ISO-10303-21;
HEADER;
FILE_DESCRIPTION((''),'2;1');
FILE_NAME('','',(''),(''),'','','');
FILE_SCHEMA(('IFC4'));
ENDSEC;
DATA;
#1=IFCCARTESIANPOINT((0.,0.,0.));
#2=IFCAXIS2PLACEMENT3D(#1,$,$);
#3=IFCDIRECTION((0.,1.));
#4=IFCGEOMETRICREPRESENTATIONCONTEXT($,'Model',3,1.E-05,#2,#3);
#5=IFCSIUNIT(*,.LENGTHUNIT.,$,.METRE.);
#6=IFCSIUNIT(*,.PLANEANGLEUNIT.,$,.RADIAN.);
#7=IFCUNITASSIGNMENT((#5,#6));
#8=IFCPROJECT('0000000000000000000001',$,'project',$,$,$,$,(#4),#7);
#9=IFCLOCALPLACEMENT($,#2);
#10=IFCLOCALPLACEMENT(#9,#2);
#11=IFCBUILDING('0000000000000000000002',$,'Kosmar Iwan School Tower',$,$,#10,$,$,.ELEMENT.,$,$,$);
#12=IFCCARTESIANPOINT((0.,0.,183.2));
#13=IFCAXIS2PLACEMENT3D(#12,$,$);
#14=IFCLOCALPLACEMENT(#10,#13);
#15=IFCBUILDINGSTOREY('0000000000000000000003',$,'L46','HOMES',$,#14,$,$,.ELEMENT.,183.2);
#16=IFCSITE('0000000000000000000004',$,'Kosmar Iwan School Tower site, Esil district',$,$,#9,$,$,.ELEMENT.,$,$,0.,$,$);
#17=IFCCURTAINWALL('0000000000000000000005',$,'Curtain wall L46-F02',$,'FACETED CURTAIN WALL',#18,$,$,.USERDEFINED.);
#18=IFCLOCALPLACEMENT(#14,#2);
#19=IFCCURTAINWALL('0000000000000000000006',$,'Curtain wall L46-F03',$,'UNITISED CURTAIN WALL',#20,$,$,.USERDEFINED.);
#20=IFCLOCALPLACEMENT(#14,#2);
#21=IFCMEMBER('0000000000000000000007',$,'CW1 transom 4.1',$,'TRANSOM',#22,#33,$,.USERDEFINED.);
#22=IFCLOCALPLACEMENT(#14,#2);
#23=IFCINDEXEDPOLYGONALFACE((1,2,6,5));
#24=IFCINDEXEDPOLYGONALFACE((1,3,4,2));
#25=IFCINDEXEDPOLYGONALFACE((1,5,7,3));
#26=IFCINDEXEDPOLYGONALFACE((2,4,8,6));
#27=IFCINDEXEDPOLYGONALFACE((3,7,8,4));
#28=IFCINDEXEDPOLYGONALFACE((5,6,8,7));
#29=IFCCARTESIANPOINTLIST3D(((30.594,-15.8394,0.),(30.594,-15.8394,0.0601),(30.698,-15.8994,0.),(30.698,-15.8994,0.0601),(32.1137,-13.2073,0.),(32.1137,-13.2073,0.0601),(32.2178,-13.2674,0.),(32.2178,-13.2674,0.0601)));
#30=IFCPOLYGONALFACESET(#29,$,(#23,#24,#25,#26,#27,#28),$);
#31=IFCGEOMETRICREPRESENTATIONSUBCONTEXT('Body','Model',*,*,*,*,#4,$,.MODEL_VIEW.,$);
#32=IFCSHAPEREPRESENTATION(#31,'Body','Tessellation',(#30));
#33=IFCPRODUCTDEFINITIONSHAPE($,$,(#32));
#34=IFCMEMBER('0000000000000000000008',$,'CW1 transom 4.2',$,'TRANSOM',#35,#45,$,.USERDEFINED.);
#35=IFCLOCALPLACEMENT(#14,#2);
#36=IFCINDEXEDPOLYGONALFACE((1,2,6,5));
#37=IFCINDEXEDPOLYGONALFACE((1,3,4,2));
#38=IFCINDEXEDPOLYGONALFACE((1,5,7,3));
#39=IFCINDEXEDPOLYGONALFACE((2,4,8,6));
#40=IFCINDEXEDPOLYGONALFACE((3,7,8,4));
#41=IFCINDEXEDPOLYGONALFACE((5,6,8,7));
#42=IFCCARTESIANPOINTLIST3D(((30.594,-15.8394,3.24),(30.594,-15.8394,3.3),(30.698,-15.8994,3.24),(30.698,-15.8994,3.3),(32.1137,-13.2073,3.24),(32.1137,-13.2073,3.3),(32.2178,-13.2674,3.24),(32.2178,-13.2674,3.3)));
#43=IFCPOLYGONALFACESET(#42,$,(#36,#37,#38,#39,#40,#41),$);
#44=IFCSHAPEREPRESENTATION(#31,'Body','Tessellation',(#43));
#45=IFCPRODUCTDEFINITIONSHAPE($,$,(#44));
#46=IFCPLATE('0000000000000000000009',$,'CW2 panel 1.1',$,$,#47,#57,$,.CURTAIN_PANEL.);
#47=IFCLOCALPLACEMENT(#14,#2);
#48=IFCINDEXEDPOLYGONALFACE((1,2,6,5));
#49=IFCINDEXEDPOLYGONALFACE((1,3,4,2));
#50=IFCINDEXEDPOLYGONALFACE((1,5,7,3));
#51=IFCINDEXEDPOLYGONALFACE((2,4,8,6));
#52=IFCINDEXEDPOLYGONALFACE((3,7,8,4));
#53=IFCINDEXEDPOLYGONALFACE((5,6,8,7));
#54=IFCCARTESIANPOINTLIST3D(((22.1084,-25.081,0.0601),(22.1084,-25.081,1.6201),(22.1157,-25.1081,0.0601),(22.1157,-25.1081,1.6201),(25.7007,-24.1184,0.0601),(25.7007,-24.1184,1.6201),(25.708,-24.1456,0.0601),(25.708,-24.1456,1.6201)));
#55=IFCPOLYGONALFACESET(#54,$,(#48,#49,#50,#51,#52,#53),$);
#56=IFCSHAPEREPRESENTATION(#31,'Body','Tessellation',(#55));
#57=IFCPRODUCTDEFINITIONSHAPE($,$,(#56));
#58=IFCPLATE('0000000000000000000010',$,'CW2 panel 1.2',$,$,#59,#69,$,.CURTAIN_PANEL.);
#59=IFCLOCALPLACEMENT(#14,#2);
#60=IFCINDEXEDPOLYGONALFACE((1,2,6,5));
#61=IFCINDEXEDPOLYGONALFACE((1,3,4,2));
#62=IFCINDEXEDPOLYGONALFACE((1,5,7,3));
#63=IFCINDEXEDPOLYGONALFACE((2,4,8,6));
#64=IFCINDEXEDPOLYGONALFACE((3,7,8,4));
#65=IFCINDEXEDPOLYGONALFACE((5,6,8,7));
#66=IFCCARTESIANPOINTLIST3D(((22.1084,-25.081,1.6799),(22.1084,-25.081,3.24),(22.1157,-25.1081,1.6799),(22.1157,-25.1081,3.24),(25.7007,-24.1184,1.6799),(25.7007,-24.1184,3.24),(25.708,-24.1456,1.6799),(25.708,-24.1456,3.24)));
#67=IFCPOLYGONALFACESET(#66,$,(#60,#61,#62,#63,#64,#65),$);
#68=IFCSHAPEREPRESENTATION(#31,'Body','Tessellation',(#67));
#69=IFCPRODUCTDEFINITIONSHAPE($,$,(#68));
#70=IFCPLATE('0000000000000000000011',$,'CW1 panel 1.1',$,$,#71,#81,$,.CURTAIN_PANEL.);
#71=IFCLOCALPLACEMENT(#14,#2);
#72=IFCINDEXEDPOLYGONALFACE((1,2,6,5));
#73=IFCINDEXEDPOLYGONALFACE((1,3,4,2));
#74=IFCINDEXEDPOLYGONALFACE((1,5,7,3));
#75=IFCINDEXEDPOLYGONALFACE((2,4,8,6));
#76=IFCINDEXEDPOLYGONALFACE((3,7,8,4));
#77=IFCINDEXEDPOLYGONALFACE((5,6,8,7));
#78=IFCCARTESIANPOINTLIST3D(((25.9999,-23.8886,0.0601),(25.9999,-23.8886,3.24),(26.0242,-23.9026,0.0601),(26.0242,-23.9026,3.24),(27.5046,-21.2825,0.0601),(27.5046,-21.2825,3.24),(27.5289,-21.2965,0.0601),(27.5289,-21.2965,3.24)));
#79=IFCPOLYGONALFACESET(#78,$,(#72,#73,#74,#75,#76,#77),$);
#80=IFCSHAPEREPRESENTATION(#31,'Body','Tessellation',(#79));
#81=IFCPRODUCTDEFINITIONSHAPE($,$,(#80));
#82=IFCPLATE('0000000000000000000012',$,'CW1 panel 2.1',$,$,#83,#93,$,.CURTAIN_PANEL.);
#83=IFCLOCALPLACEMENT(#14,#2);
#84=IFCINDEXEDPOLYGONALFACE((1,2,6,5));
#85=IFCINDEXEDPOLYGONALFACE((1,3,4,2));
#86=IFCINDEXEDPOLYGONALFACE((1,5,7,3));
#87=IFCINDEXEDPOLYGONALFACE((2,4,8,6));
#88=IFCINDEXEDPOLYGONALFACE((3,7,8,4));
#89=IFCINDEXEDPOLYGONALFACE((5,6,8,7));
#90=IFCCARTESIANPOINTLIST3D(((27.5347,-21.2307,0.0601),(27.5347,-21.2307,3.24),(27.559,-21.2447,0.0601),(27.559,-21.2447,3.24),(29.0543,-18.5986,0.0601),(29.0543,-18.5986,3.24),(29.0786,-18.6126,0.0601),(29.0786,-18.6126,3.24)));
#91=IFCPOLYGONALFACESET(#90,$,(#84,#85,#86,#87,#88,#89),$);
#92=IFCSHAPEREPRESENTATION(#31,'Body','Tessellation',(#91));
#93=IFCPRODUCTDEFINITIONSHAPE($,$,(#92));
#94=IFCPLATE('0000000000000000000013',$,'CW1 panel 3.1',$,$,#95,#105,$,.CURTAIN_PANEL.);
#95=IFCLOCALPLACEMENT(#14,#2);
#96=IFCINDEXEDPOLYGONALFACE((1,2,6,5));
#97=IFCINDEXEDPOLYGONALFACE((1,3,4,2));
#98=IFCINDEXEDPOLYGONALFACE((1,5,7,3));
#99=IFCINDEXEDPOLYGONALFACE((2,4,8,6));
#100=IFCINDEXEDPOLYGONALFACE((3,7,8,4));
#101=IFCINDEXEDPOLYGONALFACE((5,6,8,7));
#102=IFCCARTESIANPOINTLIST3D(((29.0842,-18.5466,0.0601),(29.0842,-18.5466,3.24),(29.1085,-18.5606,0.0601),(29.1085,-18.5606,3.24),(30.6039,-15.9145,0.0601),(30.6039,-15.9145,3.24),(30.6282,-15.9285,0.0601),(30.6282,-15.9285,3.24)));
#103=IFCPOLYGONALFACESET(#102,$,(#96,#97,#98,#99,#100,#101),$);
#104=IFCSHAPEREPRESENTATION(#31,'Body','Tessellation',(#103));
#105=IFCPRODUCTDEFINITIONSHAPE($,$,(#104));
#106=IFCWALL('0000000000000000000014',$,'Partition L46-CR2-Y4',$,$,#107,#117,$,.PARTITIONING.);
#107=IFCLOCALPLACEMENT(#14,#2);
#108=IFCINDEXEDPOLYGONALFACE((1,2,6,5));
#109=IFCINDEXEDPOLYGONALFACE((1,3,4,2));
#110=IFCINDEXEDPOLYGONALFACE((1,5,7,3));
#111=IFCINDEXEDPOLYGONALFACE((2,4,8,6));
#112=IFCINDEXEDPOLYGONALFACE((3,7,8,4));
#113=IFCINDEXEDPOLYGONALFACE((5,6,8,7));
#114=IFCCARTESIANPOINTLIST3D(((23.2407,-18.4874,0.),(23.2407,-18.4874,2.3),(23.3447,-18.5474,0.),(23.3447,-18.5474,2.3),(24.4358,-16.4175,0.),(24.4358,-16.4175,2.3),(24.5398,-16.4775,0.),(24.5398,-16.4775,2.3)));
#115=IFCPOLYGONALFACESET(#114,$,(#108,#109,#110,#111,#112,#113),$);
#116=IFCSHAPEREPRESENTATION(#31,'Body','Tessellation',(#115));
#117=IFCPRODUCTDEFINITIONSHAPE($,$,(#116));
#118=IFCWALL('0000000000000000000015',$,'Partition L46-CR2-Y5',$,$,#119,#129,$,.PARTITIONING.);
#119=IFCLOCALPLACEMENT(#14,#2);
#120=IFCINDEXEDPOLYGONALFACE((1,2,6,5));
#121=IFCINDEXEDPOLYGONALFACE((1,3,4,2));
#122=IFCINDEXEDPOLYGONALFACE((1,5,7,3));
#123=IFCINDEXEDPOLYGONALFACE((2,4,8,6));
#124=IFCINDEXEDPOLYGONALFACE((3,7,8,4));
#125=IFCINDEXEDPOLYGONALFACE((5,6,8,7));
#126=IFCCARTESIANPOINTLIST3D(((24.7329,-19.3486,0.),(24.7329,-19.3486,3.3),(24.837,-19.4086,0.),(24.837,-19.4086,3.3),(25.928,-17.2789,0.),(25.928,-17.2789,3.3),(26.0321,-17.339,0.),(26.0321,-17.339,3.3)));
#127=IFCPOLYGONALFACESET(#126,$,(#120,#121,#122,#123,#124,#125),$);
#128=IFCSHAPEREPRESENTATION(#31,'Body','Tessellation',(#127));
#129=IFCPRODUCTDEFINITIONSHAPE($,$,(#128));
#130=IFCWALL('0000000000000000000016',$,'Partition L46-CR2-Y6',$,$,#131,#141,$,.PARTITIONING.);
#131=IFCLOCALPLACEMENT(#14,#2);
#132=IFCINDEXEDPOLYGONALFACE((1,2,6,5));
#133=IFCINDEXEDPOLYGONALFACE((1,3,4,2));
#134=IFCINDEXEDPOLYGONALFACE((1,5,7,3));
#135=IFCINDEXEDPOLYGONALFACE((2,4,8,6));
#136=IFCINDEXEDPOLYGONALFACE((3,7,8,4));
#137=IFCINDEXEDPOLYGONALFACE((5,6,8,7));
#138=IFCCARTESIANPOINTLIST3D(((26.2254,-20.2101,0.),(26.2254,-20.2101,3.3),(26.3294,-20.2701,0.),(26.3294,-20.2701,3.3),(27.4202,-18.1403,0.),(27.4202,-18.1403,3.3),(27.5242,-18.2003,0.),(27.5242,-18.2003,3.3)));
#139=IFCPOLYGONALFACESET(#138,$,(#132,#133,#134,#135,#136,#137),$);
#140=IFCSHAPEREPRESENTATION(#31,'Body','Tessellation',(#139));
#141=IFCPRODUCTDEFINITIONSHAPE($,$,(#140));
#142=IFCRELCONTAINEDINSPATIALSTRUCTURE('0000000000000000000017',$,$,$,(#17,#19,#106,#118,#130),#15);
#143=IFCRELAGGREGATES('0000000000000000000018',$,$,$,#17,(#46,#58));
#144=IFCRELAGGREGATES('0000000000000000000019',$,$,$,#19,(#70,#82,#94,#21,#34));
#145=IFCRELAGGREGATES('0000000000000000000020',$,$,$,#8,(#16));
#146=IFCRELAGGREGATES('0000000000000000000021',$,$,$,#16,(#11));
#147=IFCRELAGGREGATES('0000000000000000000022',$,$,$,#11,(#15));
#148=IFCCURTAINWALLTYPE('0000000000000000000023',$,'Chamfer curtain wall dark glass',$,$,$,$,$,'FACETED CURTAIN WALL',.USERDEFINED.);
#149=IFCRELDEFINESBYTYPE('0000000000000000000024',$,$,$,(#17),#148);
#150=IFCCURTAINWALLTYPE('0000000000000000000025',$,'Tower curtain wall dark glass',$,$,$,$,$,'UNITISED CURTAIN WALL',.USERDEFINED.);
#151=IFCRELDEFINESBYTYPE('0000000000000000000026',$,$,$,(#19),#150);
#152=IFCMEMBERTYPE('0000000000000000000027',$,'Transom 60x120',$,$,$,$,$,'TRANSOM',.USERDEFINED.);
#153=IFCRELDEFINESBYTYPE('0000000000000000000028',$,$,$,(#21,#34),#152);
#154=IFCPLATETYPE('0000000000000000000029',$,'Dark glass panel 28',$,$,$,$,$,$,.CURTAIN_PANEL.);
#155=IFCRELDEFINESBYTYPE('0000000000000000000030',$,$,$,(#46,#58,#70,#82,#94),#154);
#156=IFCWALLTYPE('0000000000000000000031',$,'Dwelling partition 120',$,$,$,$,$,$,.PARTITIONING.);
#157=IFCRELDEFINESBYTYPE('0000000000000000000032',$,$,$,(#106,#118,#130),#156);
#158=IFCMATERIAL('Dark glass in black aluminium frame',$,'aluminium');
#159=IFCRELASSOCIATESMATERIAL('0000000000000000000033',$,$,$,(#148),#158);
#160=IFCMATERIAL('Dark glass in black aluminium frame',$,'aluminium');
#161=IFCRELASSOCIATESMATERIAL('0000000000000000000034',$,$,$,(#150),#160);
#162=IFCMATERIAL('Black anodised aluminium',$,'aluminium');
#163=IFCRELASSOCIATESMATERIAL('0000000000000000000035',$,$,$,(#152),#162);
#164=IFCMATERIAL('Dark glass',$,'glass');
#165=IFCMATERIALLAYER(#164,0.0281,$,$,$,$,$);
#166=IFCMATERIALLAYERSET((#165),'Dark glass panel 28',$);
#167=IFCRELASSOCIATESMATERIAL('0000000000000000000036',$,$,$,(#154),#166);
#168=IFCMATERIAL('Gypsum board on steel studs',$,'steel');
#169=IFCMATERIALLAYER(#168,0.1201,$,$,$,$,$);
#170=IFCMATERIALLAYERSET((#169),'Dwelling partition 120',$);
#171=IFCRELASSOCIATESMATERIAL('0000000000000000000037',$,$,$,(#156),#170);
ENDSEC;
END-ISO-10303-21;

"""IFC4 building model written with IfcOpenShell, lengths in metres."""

from ifc_helpers import new_model, si_unit, direction, frame, frame_2d, origin, origin_2d, place, context, subcontext, project, spatial, rectangle, extrude, material, layer, layer_set, material_profile, profile_set, type_object, element, aggregate, save


model = new_model("IFC4")

# Units and contexts
model_context = context("Model", 3, precision=1e-05, world=origin(), true_north=direction((0.0, 1.0)))
body_context = subcontext(model_context, "Body", "Model", "MODEL_VIEW")
ifc_project = project(units=[si_unit("LENGTHUNIT", "METRE"), si_unit("PLANEANGLEUNIT", "RADIAN")], contexts=[model_context])

# Site, building, storey
site_placement = place(None, origin())
site = spatial("IfcSite", under=ifc_project, at=site_placement, Name="Kosmar Iwan School Tower site, Esil district", CompositionType="ELEMENT", RefElevation=0.0)
building_placement = place(site_placement, origin())
building = spatial("IfcBuilding", under=site, at=building_placement, Name="Kosmar Iwan School Tower", CompositionType="ELEMENT")
storey_placement = place(building_placement, frame((0.0, 0.0, 183.2)))
storey = spatial("IfcBuildingStorey", under=building, at=storey_placement, Name="L46", Description="HOMES", CompositionType="ELEMENT", Elevation=183.2)

# Curtain wall
ifc_material_1 = material(Name="Dark glass in black aluminium frame", Category="aluminium")
curtain_wall_type_1 = type_object("IfcCurtainWallType", Name="Chamfer curtain wall dark glass", ElementType="FACETED CURTAIN WALL", PredefinedType="USERDEFINED", material=ifc_material_1)
curtain_wall_1_placement = place(storey_placement, origin())
curtain_wall_1 = element("IfcCurtainWall", 1, at=curtain_wall_1_placement, inside=storey, type_object=curtain_wall_type_1, Name="Curtain wall L46-F02", ObjectType="FACETED CURTAIN WALL", PredefinedType="USERDEFINED")

# Curtain wall, members
ifc_material_2 = material(Name="Dark glass in black aluminium frame", Category="aluminium")
curtain_wall_type_2 = type_object("IfcCurtainWallType", Name="Tower curtain wall dark glass", ElementType="UNITISED CURTAIN WALL", PredefinedType="USERDEFINED", material=ifc_material_2)
curtain_wall_2_placement = place(storey_placement, origin())
curtain_wall_2 = element("IfcCurtainWall", 2, at=curtain_wall_2_placement, inside=storey, type_object=curtain_wall_type_2, Name="Curtain wall L46-F03", ObjectType="UNITISED CURTAIN WALL", PredefinedType="USERDEFINED")
ifc_material_3 = material(Name="Black anodised aluminium", Category="aluminium")
ifc_material_profile_1 = material_profile(ifc_material_3, rectangle(XDim=0.1201, YDim=0.0601, at=origin_2d()), Name="TRANSOM 60x120")
ifc_profile_set_1 = profile_set([ifc_material_profile_1], Name="Black anodised aluminium")
member_type_1 = type_object("IfcMemberType", Name="Transom 60x120", ElementType="TRANSOM", PredefinedType="USERDEFINED", material=ifc_profile_set_1)
member_1_placement = place(storey_placement, frame((30.646, -15.8694, 0.03), z_axis=(0.500035, 0.866005, 0.0), x_axis=(-0.866005, 0.500035, 0.0)))
member_1 = element("IfcMember", 3, at=member_1_placement, type_object=member_type_1, Name="CW1 transom 4.1", ObjectType="TRANSOM", PredefinedType="USERDEFINED", context=body_context, shape_type="SweptSolid", body=[
    extrude(rectangle(XDim=0.1201, YDim=0.0601, at=origin_2d()), origin(), (0.0, 0.0, 1.0), 3.0393),
])
member_2_placement = place(storey_placement, frame((30.646, -15.8694, 3.27), z_axis=(0.500035, 0.866005, 0.0), x_axis=(-0.866005, 0.500035, 0.0)))
member_2 = element("IfcMember", 4, at=member_2_placement, type_object=member_type_1, Name="CW1 transom 4.2", ObjectType="TRANSOM", PredefinedType="USERDEFINED", context=body_context, shape_type="SweptSolid", body=[
    extrude(rectangle(XDim=0.1201, YDim=0.0601, at=origin_2d()), origin(), (0.0, 0.0, 1.0), 3.0393),
])

# Plates
ifc_material_4 = material(Name="Dark glass", Category="glass")
ifc_layer_1 = layer(ifc_material_4, 0.0281)
ifc_layer_set_1 = layer_set([ifc_layer_1], Name="Dark glass panel 28")
plate_type = type_object("IfcPlateType", Name="Dark glass panel 28", PredefinedType="CURTAIN_PANEL", material=ifc_layer_set_1)
plate_1_placement = place(storey_placement, frame((23.9082, -24.6133, 0.0601), z_axis=(0.0, 0.0, 1.0), x_axis=(0.965926, 0.258819, 0.0)))
plate_1 = element("IfcPlate", 5, at=plate_1_placement, type_object=plate_type, Name="CW2 panel 1.1", PredefinedType="CURTAIN_PANEL", context=body_context, shape_type="SweptSolid", body=[
    extrude(rectangle(XDim=3.719, YDim=0.0281, at=origin_2d()), origin(), (0.0, 0.0, 1.0), 1.5601),
])
plate_2_placement = place(storey_placement, frame((23.9082, -24.6133, 1.6799), z_axis=(0.0, 0.0, 1.0), x_axis=(0.965926, 0.258819, 0.0)))
plate_2 = element("IfcPlate", 6, at=plate_2_placement, type_object=plate_type, Name="CW2 panel 1.2", PredefinedType="CURTAIN_PANEL", context=body_context, shape_type="SweptSolid", body=[
    extrude(rectangle(XDim=3.719, YDim=0.0281, at=origin_2d()), origin(), (0.0, 0.0, 1.0), 1.5601),
])
aggregate(curtain_wall_1, [plate_1, plate_2])
plate_3_placement = place(storey_placement, frame((26.7644, -22.5925, 0.0601), z_axis=(0.0, 0.0, 1.0), x_axis=(0.5, 0.866025, 0.0)))
plate_3 = element("IfcPlate", 7, at=plate_3_placement, type_object=plate_type, Name="CW1 panel 1.1", PredefinedType="CURTAIN_PANEL", context=body_context, shape_type="SweptSolid", body=[
    extrude(rectangle(XDim=3.0093, YDim=0.0281, at=origin_2d()), origin(), (0.0, 0.0, 1.0), 3.1799),
])
plate_4_placement = place(storey_placement, frame((28.3066, -19.9216, 0.0601), z_axis=(0.0, 0.0, 1.0), x_axis=(0.5, 0.866025, 0.0)))
plate_4 = element("IfcPlate", 8, at=plate_4_placement, type_object=plate_type, Name="CW1 panel 2.1", PredefinedType="CURTAIN_PANEL", context=body_context, shape_type="SweptSolid", body=[
    extrude(rectangle(XDim=3.0393, YDim=0.0281, at=origin_2d()), origin(), (0.0, 0.0, 1.0), 3.1799),
])
plate_5_placement = place(storey_placement, frame((29.8562, -17.2375, 0.0601), z_axis=(0.0, 0.0, 1.0), x_axis=(0.5, 0.866025, 0.0)))
plate_5 = element("IfcPlate", 9, at=plate_5_placement, type_object=plate_type, Name="CW1 panel 3.1", PredefinedType="CURTAIN_PANEL", context=body_context, shape_type="SweptSolid", body=[
    extrude(rectangle(XDim=3.0393, YDim=0.0281, at=origin_2d()), origin(), (0.0, 0.0, 1.0), 3.1799),
])
aggregate(curtain_wall_2, [plate_3, plate_4, plate_5, member_1, member_2])

# Walls
ifc_material_5 = material(Name="Gypsum board on steel studs", Category="steel")
ifc_layer_2 = layer(ifc_material_5, 0.1201)
ifc_layer_set_2 = layer_set([ifc_layer_2], Name="Dwelling partition 120")
wall_type = type_object("IfcWallType", Name="Dwelling partition 120", PredefinedType="PARTITIONING", material=ifc_layer_set_2)
wall_placement = place(storey_placement, frame((24.4878, -16.4475, 0.0), z_axis=(0.0, 0.0, 1.0), x_axis=(-0.500017, -0.866015, 0.0)))
element("IfcWall", 10, at=wall_placement, inside=storey, type_object=wall_type, Name="Partition L46-CR2-Y4", PredefinedType="PARTITIONING", context=body_context, shape_type="SweptSolid", body=[
    extrude(rectangle(XDim=2.3901, YDim=0.1201, at=frame_2d((1.1951, 0.0))), origin(), (0.0, 0.0, 1.0), 2.3),
])
for number, where, z_axis, x_axis, name in (
    (11, (25.98, -17.3091, 0.0), (0.0, 0.0, 1.0), (-0.500061, -0.86599, 0.0), "Partition L46-CR2-Y5"),
    (12, (27.4722, -18.1704, 0.0), (0.0, 0.0, 1.0), (-0.499941, -0.86606, 0.0), "Partition L46-CR2-Y6"),
):
    element("IfcWall", number, at=place(storey_placement, frame(where, z_axis=z_axis, x_axis=x_axis)), inside=storey, type_object=wall_type, Name=name, PredefinedType="PARTITIONING", context=body_context, shape_type="SweptSolid", body=[
        extrude(rectangle(XDim=2.3899, YDim=0.1201, at=frame_2d((1.1948, 0.0))), origin(), (0.0, 0.0, 1.0), 3.3),
    ])

save(model, "model.ifc")
